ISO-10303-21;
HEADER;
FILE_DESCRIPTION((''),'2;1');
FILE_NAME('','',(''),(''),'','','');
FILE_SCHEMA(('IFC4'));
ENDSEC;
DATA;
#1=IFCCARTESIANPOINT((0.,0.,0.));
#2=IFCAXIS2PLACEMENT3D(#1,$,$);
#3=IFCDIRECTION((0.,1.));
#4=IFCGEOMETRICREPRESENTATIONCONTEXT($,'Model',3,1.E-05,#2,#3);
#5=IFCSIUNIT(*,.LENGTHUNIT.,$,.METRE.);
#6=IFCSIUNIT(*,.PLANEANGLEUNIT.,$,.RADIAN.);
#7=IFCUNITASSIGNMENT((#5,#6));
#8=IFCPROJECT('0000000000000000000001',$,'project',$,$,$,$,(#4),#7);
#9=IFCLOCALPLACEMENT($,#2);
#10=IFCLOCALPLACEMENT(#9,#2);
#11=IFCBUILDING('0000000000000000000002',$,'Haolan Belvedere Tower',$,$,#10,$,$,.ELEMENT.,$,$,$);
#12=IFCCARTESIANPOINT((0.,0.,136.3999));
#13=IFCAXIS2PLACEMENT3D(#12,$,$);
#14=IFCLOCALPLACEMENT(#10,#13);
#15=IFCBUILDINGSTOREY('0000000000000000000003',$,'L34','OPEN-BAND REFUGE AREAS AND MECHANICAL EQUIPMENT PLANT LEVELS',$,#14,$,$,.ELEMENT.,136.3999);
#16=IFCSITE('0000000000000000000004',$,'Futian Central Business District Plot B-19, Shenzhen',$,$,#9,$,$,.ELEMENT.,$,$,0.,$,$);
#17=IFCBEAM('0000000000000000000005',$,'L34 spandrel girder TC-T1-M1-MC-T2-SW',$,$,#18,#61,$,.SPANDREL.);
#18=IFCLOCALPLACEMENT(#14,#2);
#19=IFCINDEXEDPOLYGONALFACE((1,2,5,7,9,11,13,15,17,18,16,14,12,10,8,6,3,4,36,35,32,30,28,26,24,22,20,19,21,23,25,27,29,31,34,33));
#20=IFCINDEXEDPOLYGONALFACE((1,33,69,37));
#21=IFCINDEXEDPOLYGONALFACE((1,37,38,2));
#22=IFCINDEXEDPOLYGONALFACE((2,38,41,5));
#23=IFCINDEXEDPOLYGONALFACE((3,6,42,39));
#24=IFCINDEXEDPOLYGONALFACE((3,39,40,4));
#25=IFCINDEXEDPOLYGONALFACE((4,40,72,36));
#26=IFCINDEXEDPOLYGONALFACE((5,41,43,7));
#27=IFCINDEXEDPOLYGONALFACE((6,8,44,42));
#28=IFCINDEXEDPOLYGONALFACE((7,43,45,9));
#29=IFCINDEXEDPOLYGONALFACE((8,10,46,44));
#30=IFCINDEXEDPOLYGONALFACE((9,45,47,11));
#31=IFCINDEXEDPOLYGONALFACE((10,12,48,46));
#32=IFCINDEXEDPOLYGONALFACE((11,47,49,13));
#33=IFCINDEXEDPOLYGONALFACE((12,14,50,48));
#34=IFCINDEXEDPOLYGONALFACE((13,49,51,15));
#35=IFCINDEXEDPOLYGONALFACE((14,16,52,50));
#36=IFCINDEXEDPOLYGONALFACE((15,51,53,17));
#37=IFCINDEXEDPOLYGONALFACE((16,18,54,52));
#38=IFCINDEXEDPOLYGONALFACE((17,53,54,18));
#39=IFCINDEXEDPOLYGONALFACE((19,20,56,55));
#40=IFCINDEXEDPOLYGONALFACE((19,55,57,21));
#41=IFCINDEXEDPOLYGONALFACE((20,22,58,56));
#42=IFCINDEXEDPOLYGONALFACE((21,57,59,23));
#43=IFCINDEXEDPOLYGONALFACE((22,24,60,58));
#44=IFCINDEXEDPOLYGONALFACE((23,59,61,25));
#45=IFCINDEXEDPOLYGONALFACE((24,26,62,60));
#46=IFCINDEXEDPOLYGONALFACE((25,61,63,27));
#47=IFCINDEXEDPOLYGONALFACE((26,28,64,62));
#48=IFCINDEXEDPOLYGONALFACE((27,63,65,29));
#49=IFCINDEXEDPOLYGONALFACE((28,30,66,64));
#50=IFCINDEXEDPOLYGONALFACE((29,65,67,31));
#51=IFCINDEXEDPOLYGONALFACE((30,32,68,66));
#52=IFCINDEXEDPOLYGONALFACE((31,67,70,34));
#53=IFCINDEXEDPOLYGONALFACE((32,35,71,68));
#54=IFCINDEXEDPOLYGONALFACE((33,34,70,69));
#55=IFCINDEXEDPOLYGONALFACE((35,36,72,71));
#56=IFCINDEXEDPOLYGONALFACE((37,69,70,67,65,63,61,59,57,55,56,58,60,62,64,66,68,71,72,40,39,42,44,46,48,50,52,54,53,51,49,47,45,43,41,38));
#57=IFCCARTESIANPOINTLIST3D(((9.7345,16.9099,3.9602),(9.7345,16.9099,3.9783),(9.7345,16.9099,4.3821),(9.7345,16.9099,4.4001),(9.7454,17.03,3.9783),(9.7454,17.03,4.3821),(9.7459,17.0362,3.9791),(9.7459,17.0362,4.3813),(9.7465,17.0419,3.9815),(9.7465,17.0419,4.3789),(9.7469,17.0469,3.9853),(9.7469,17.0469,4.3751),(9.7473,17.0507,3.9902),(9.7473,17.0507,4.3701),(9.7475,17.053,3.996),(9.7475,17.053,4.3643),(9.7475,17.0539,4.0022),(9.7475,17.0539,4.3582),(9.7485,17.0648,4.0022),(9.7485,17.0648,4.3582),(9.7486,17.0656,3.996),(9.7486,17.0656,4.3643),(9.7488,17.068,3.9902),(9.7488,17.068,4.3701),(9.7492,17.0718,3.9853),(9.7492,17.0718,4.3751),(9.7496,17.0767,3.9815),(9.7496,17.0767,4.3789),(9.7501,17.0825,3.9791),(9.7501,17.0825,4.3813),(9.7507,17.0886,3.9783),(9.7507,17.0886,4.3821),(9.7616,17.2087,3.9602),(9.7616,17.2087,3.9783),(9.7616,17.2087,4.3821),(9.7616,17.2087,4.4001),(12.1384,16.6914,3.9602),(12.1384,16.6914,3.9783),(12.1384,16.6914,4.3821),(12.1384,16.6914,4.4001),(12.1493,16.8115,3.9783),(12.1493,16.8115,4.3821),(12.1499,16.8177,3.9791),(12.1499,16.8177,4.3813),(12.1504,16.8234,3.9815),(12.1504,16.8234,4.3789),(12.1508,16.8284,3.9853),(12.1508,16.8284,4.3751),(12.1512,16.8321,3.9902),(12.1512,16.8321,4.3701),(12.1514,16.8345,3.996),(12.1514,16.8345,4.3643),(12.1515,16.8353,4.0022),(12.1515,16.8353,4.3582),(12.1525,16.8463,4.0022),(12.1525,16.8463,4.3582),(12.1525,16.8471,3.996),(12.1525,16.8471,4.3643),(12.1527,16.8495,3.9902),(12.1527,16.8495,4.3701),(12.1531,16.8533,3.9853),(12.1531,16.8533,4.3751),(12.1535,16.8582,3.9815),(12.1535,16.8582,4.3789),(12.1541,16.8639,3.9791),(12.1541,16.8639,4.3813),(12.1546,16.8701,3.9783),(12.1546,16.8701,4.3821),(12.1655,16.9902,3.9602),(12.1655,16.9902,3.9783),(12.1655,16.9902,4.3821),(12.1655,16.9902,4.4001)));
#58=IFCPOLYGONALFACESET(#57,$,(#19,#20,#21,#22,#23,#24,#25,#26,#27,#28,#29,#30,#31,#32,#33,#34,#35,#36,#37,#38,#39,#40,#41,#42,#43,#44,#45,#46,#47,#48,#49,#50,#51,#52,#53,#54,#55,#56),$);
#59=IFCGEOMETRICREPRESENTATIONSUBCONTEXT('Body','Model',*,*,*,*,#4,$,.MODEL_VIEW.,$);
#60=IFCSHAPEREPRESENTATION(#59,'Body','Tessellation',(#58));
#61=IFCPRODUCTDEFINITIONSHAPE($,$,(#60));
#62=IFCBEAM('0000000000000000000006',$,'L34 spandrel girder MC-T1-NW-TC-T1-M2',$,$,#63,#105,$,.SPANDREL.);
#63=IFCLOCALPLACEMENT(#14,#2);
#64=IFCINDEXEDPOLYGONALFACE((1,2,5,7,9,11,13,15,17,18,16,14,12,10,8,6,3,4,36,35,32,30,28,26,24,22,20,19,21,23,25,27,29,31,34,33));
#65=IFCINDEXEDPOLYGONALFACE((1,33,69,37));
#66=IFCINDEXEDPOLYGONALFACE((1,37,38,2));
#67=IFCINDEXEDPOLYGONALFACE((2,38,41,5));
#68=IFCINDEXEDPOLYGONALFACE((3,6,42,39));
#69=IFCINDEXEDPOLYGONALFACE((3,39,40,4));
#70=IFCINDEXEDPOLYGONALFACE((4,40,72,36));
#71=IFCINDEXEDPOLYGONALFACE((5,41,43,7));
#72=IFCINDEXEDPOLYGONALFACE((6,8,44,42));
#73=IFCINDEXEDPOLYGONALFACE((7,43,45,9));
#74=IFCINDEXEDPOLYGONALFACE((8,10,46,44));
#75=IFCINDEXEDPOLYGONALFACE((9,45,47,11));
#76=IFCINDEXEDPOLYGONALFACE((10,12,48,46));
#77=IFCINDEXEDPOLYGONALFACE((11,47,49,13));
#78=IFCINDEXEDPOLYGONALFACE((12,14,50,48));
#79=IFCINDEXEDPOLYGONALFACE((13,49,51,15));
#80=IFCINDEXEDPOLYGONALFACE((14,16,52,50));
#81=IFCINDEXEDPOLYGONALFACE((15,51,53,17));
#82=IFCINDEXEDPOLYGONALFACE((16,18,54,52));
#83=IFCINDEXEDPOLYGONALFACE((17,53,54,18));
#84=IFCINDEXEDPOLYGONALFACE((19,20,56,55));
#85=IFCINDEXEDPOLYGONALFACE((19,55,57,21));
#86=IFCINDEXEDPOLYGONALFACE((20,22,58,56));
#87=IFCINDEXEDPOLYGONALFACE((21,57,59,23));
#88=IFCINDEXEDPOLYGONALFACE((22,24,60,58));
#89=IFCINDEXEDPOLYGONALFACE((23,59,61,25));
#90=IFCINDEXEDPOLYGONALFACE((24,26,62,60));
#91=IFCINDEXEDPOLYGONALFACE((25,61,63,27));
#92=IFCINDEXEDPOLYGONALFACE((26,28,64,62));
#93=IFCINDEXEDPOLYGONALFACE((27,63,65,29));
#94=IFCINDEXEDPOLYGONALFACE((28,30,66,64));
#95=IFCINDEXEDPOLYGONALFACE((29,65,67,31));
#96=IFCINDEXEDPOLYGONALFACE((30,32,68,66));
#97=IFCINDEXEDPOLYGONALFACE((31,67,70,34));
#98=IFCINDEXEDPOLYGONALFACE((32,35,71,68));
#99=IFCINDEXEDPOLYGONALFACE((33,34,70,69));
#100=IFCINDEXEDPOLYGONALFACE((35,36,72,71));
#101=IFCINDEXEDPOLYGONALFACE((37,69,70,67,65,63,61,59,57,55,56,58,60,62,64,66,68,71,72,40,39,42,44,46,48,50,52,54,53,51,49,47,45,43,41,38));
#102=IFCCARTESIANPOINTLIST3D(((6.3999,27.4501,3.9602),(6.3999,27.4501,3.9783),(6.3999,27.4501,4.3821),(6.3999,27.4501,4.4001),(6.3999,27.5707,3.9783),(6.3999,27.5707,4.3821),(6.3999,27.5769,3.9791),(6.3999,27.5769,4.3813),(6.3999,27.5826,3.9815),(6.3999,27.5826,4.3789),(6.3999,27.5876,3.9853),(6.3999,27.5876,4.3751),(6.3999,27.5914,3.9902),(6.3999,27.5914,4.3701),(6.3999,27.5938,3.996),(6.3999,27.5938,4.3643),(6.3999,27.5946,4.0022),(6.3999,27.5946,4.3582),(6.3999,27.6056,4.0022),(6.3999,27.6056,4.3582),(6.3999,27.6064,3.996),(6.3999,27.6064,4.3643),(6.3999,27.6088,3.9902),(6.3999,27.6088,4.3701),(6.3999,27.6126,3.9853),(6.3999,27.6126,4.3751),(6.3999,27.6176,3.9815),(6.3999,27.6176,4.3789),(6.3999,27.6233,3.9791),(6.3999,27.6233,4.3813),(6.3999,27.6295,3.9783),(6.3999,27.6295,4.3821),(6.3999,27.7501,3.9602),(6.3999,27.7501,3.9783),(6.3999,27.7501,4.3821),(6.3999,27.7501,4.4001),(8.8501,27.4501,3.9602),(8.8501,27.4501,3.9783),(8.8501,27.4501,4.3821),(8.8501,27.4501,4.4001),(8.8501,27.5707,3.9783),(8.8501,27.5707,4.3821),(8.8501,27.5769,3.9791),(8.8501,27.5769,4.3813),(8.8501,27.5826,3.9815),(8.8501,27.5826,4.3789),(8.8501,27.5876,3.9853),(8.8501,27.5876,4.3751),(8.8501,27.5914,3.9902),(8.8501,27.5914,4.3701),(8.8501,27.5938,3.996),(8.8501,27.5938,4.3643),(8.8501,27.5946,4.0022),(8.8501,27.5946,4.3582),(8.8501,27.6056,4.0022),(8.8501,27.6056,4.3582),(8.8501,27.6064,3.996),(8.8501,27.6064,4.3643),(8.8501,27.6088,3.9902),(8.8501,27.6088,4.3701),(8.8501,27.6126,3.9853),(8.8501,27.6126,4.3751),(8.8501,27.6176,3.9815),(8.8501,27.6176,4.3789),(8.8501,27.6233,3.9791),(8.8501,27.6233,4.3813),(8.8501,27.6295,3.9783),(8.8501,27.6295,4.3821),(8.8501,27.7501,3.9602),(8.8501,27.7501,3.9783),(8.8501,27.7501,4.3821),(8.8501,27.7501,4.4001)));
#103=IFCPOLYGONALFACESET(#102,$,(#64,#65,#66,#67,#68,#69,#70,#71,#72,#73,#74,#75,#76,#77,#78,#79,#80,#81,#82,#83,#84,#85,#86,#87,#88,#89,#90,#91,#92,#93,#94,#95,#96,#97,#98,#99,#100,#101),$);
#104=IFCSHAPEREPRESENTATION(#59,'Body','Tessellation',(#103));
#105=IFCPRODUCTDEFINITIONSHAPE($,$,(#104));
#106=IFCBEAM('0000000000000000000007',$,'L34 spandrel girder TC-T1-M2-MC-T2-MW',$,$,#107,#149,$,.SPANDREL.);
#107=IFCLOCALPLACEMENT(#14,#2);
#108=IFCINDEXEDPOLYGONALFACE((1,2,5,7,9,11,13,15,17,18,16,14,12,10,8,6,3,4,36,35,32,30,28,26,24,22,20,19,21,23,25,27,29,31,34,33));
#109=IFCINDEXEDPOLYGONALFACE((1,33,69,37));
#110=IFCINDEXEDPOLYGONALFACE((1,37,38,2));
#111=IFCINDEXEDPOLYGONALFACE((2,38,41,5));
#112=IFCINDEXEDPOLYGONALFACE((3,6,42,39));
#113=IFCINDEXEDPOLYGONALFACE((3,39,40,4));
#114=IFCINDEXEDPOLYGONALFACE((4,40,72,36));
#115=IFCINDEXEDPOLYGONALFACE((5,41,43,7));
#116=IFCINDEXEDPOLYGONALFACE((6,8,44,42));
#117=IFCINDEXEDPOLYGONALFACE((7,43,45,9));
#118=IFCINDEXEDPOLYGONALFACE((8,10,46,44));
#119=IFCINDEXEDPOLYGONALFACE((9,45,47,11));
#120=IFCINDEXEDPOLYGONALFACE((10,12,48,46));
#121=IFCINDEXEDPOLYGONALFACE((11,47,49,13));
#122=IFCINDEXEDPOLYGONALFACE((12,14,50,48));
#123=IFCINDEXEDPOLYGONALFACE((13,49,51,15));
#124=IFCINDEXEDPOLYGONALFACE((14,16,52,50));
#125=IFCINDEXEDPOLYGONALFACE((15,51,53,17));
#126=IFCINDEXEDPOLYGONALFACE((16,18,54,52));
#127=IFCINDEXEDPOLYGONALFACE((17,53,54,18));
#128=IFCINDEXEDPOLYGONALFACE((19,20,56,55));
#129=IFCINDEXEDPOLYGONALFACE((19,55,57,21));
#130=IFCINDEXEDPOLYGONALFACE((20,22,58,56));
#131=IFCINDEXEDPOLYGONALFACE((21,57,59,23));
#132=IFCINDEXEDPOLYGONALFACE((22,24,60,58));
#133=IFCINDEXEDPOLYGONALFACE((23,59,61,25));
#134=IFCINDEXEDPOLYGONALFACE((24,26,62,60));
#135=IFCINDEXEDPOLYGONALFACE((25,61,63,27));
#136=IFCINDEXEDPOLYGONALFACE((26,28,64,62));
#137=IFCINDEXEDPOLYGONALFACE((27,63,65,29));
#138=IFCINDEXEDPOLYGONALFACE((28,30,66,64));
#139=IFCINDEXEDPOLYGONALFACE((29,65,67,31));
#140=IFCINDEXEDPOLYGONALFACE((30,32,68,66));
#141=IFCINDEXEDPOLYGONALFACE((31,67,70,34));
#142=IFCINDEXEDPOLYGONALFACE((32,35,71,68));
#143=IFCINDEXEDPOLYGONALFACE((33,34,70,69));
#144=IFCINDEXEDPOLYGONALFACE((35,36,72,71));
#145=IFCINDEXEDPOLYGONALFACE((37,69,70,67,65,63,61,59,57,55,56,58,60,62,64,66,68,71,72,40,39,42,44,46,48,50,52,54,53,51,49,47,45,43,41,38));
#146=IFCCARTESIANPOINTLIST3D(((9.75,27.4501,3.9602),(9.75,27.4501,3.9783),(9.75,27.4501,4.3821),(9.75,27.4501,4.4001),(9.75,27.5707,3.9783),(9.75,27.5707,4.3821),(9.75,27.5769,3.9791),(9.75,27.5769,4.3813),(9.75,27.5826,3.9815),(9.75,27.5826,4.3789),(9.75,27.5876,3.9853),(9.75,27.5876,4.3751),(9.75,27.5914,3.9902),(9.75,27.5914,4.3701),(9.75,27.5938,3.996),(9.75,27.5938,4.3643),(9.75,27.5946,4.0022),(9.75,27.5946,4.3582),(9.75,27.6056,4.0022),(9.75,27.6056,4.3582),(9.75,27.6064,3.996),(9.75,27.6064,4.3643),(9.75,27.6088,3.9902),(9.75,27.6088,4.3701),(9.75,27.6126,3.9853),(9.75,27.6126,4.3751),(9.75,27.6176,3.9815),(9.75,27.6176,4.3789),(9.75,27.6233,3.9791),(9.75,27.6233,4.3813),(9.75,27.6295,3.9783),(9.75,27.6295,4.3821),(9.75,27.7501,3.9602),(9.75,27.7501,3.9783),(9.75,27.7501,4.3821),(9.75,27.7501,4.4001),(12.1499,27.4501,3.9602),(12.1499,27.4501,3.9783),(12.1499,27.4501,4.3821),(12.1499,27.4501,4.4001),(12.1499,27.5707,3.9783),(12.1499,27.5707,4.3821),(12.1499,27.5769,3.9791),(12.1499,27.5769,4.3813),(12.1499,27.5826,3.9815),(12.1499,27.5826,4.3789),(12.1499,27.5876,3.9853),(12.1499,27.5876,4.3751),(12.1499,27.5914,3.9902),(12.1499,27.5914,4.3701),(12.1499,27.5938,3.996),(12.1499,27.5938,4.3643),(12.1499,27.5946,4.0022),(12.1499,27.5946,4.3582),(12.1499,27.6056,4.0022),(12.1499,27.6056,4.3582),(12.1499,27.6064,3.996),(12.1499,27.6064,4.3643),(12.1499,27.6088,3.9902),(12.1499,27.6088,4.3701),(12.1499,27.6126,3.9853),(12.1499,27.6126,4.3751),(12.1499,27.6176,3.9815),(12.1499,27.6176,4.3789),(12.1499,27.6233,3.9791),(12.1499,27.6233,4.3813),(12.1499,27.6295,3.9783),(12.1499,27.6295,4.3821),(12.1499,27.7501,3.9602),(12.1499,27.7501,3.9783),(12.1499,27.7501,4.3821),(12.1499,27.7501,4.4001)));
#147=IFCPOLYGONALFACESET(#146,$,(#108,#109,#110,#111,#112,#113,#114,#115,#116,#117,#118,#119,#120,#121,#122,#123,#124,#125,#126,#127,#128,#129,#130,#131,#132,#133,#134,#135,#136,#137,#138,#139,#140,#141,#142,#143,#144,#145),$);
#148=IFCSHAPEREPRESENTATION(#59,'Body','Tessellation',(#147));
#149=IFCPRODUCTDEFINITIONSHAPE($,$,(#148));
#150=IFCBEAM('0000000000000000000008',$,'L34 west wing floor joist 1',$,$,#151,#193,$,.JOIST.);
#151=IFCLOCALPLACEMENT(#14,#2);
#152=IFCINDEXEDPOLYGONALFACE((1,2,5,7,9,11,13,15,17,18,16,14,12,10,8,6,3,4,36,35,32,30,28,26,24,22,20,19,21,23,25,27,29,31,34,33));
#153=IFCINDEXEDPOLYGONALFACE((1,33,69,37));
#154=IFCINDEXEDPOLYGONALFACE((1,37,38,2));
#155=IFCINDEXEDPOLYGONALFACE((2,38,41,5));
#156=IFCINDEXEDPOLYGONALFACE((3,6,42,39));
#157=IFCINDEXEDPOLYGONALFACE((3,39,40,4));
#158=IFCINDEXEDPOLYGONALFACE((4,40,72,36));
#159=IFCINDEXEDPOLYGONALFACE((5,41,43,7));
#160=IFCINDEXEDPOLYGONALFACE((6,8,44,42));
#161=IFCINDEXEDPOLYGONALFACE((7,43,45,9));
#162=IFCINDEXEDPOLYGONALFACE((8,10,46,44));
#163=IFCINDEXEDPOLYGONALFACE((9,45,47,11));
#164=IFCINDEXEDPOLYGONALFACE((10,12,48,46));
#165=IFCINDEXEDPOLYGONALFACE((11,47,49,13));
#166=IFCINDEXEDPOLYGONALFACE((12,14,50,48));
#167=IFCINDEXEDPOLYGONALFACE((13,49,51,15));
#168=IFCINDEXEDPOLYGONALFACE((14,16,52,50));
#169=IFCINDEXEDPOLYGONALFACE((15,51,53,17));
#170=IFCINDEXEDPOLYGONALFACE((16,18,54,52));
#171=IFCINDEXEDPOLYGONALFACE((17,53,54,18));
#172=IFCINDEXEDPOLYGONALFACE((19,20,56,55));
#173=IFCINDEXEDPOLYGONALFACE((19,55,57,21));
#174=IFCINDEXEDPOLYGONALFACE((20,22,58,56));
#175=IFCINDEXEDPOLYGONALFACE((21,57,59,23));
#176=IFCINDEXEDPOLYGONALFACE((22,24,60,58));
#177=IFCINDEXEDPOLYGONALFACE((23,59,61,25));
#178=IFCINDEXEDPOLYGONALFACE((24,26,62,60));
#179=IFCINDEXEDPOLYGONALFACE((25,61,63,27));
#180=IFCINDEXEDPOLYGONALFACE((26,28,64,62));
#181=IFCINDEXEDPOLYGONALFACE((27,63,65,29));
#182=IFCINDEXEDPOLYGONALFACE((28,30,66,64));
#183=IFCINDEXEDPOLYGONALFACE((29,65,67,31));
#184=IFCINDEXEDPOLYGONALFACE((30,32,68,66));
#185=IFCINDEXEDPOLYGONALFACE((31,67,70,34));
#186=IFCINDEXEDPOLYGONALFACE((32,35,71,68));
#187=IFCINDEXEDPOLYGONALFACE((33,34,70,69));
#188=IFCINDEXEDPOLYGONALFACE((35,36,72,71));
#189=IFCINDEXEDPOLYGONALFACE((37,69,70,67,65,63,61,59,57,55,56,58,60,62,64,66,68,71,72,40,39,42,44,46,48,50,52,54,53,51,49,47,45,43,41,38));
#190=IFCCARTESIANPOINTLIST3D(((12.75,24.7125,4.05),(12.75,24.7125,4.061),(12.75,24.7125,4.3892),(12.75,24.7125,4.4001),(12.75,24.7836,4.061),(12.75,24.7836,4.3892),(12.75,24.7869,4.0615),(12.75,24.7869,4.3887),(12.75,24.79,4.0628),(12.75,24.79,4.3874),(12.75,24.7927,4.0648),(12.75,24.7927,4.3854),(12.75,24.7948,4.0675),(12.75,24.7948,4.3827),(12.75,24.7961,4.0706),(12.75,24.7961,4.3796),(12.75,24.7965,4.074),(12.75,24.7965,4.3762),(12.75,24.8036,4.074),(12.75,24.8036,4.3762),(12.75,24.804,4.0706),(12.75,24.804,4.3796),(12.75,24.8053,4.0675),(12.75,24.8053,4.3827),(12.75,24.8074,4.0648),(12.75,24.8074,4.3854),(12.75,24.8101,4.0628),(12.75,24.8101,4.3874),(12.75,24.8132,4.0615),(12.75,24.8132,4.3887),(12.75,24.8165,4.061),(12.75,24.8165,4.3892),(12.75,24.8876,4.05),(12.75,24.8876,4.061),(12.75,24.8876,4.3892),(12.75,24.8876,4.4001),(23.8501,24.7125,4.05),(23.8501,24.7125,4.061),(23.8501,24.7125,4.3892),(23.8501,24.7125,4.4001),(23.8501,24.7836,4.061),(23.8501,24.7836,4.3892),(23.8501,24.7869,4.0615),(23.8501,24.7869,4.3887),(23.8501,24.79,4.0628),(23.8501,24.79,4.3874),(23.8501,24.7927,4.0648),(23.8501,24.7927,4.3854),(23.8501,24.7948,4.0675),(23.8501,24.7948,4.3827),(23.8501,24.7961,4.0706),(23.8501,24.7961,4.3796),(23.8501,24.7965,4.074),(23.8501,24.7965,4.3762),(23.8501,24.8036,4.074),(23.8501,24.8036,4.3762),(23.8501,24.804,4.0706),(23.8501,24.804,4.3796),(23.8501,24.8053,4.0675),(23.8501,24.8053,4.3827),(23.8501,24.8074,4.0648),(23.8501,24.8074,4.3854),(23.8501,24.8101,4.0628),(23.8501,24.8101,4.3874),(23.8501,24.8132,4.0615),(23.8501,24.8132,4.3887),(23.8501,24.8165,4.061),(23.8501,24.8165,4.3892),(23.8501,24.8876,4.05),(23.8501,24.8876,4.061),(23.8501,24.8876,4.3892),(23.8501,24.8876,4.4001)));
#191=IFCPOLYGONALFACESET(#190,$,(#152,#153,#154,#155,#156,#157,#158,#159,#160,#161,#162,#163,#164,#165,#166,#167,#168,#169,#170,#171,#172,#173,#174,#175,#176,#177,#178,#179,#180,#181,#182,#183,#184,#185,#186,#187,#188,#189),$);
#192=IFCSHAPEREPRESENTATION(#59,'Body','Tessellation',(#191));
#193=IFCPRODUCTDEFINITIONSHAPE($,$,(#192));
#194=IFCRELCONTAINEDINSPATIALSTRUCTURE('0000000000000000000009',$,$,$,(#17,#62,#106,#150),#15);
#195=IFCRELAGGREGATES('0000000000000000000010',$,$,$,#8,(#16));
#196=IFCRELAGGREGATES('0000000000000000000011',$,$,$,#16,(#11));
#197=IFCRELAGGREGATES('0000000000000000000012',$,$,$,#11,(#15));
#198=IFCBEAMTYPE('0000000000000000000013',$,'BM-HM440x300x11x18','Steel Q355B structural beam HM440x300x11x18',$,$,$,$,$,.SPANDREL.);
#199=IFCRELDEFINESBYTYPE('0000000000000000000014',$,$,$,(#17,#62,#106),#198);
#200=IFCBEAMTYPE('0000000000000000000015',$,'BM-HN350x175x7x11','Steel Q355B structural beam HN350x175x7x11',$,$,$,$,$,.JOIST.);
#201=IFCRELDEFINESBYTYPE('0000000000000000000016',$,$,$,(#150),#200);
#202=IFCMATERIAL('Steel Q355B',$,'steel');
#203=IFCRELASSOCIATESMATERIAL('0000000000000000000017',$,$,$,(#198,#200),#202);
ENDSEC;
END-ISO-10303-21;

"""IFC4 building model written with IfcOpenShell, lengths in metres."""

from ifc_helpers import new_model, si_unit, direction, frame, origin, origin_2d, place, context, subcontext, project, spatial, i_section, extrude, material, material_profile, profile_set, type_object, element, save


model = new_model("IFC4")

# Units and contexts
model_context = context("Model", 3, precision=1e-05, world=origin(), true_north=direction((0.0, 1.0)))
body_context = subcontext(model_context, "Body", "Model", "MODEL_VIEW")
ifc_project = project(units=[si_unit("LENGTHUNIT", "METRE"), si_unit("PLANEANGLEUNIT", "RADIAN")], contexts=[model_context])

# Site, building, storey
site_placement = place(None, origin())
site = spatial("IfcSite", under=ifc_project, at=site_placement, Name="Futian Central Business District Plot B-19, Shenzhen", CompositionType="ELEMENT", RefElevation=0.0)
building_placement = place(site_placement, origin())
building = spatial("IfcBuilding", under=site, at=building_placement, Name="Haolan Belvedere Tower", CompositionType="ELEMENT")
storey_placement = place(building_placement, frame((0.0, 0.0, 136.3999)))
storey = spatial("IfcBuildingStorey", under=building, at=storey_placement, Name="L34", Description="OPEN-BAND REFUGE AREAS AND MECHANICAL EQUIPMENT PLANT LEVELS", CompositionType="ELEMENT", Elevation=136.3999)

# Beams
ifc_material_1 = material(Name="Steel Q355B", Category="steel")
ifc_material_profile_1 = material_profile(ifc_material_1, i_section(OverallWidth=0.3, OverallDepth=0.4399, WebThickness=0.011, FlangeThickness=0.0181, FilletRadius=0.0239, at=origin_2d()), Name="Steel Q355B")
ifc_profile_set_1 = profile_set([ifc_material_profile_1], Name="Steel Q355B")
beam_type_1 = type_object("IfcBeamType", Name="BM-HM440x300x11x18", Description="Steel Q355B structural beam HM440x300x11x18", PredefinedType="SPANDREL", material=ifc_profile_set_1)
beam_1_placement = place(storey_placement, frame((9.748, 17.0593, 4.1802), z_axis=(0.995894, -0.090527, 0.0), x_axis=(0.090527, 0.995894, 0.0)))
element("IfcBeam", 1, at=beam_1_placement, inside=storey, type_object=beam_type_1, Name="L34 spandrel girder TC-T1-M1-MC-T2-SW", PredefinedType="SPANDREL", context=body_context, shape_type="SweptSolid", body=[
    extrude(i_section(OverallWidth=0.3, OverallDepth=0.4399, WebThickness=0.011, FlangeThickness=0.0181, FilletRadius=0.0239, at=origin_2d()), origin(), (0.0, 0.0, 1.0), 2.4138),
])
beam_2_placement = place(storey_placement, frame((6.3999, 27.6001, 4.1802), z_axis=(1.0, 0.0, 0.0), x_axis=(0.0, 1.0, 0.0)))
element("IfcBeam", 2, at=beam_2_placement, inside=storey, type_object=beam_type_1, Name="L34 spandrel girder MC-T1-NW-TC-T1-M2", PredefinedType="SPANDREL", context=body_context, shape_type="SweptSolid", body=[
    extrude(i_section(OverallWidth=0.3, OverallDepth=0.4399, WebThickness=0.011, FlangeThickness=0.0181, FilletRadius=0.0239, at=origin_2d()), origin(), (0.0, 0.0, 1.0), 2.4502),
])
beam_3_placement = place(storey_placement, frame((9.75, 27.6001, 4.1802), z_axis=(1.0, 0.0, 0.0), x_axis=(0.0, 1.0, 0.0)))
element("IfcBeam", 3, at=beam_3_placement, inside=storey, type_object=beam_type_1, Name="L34 spandrel girder TC-T1-M2-MC-T2-MW", PredefinedType="SPANDREL", context=body_context, shape_type="SweptSolid", body=[
    extrude(i_section(OverallWidth=0.3, OverallDepth=0.4399, WebThickness=0.011, FlangeThickness=0.0181, FilletRadius=0.0239, at=origin_2d()), origin(), (0.0, 0.0, 1.0), 2.3999),
])
ifc_material_profile_2 = material_profile(ifc_material_1, i_section(OverallWidth=0.175, OverallDepth=0.3501, WebThickness=0.0071, FlangeThickness=0.011, FilletRadius=0.0129, at=origin_2d()), Name="Steel Q355B")
ifc_profile_set_2 = profile_set([ifc_material_profile_2], Name="Steel Q355B")
beam_type_2 = type_object("IfcBeamType", Name="BM-HN350x175x7x11", Description="Steel Q355B structural beam HN350x175x7x11", PredefinedType="JOIST", material=ifc_profile_set_2)
beam_4_placement = place(storey_placement, frame((12.75, 24.8, 4.2251), z_axis=(1.0, 0.0, 0.0), x_axis=(0.0, 1.0, 0.0)))
element("IfcBeam", 4, at=beam_4_placement, inside=storey, type_object=beam_type_2, Name="L34 west wing floor joist 1", PredefinedType="JOIST", context=body_context, shape_type="SweptSolid", body=[
    extrude(i_section(OverallWidth=0.175, OverallDepth=0.3501, WebThickness=0.0071, FlangeThickness=0.011, FilletRadius=0.0129, at=origin_2d()), origin(), (0.0, 0.0, 1.0), 11.1001),
])

save(model, "model.ifc")
